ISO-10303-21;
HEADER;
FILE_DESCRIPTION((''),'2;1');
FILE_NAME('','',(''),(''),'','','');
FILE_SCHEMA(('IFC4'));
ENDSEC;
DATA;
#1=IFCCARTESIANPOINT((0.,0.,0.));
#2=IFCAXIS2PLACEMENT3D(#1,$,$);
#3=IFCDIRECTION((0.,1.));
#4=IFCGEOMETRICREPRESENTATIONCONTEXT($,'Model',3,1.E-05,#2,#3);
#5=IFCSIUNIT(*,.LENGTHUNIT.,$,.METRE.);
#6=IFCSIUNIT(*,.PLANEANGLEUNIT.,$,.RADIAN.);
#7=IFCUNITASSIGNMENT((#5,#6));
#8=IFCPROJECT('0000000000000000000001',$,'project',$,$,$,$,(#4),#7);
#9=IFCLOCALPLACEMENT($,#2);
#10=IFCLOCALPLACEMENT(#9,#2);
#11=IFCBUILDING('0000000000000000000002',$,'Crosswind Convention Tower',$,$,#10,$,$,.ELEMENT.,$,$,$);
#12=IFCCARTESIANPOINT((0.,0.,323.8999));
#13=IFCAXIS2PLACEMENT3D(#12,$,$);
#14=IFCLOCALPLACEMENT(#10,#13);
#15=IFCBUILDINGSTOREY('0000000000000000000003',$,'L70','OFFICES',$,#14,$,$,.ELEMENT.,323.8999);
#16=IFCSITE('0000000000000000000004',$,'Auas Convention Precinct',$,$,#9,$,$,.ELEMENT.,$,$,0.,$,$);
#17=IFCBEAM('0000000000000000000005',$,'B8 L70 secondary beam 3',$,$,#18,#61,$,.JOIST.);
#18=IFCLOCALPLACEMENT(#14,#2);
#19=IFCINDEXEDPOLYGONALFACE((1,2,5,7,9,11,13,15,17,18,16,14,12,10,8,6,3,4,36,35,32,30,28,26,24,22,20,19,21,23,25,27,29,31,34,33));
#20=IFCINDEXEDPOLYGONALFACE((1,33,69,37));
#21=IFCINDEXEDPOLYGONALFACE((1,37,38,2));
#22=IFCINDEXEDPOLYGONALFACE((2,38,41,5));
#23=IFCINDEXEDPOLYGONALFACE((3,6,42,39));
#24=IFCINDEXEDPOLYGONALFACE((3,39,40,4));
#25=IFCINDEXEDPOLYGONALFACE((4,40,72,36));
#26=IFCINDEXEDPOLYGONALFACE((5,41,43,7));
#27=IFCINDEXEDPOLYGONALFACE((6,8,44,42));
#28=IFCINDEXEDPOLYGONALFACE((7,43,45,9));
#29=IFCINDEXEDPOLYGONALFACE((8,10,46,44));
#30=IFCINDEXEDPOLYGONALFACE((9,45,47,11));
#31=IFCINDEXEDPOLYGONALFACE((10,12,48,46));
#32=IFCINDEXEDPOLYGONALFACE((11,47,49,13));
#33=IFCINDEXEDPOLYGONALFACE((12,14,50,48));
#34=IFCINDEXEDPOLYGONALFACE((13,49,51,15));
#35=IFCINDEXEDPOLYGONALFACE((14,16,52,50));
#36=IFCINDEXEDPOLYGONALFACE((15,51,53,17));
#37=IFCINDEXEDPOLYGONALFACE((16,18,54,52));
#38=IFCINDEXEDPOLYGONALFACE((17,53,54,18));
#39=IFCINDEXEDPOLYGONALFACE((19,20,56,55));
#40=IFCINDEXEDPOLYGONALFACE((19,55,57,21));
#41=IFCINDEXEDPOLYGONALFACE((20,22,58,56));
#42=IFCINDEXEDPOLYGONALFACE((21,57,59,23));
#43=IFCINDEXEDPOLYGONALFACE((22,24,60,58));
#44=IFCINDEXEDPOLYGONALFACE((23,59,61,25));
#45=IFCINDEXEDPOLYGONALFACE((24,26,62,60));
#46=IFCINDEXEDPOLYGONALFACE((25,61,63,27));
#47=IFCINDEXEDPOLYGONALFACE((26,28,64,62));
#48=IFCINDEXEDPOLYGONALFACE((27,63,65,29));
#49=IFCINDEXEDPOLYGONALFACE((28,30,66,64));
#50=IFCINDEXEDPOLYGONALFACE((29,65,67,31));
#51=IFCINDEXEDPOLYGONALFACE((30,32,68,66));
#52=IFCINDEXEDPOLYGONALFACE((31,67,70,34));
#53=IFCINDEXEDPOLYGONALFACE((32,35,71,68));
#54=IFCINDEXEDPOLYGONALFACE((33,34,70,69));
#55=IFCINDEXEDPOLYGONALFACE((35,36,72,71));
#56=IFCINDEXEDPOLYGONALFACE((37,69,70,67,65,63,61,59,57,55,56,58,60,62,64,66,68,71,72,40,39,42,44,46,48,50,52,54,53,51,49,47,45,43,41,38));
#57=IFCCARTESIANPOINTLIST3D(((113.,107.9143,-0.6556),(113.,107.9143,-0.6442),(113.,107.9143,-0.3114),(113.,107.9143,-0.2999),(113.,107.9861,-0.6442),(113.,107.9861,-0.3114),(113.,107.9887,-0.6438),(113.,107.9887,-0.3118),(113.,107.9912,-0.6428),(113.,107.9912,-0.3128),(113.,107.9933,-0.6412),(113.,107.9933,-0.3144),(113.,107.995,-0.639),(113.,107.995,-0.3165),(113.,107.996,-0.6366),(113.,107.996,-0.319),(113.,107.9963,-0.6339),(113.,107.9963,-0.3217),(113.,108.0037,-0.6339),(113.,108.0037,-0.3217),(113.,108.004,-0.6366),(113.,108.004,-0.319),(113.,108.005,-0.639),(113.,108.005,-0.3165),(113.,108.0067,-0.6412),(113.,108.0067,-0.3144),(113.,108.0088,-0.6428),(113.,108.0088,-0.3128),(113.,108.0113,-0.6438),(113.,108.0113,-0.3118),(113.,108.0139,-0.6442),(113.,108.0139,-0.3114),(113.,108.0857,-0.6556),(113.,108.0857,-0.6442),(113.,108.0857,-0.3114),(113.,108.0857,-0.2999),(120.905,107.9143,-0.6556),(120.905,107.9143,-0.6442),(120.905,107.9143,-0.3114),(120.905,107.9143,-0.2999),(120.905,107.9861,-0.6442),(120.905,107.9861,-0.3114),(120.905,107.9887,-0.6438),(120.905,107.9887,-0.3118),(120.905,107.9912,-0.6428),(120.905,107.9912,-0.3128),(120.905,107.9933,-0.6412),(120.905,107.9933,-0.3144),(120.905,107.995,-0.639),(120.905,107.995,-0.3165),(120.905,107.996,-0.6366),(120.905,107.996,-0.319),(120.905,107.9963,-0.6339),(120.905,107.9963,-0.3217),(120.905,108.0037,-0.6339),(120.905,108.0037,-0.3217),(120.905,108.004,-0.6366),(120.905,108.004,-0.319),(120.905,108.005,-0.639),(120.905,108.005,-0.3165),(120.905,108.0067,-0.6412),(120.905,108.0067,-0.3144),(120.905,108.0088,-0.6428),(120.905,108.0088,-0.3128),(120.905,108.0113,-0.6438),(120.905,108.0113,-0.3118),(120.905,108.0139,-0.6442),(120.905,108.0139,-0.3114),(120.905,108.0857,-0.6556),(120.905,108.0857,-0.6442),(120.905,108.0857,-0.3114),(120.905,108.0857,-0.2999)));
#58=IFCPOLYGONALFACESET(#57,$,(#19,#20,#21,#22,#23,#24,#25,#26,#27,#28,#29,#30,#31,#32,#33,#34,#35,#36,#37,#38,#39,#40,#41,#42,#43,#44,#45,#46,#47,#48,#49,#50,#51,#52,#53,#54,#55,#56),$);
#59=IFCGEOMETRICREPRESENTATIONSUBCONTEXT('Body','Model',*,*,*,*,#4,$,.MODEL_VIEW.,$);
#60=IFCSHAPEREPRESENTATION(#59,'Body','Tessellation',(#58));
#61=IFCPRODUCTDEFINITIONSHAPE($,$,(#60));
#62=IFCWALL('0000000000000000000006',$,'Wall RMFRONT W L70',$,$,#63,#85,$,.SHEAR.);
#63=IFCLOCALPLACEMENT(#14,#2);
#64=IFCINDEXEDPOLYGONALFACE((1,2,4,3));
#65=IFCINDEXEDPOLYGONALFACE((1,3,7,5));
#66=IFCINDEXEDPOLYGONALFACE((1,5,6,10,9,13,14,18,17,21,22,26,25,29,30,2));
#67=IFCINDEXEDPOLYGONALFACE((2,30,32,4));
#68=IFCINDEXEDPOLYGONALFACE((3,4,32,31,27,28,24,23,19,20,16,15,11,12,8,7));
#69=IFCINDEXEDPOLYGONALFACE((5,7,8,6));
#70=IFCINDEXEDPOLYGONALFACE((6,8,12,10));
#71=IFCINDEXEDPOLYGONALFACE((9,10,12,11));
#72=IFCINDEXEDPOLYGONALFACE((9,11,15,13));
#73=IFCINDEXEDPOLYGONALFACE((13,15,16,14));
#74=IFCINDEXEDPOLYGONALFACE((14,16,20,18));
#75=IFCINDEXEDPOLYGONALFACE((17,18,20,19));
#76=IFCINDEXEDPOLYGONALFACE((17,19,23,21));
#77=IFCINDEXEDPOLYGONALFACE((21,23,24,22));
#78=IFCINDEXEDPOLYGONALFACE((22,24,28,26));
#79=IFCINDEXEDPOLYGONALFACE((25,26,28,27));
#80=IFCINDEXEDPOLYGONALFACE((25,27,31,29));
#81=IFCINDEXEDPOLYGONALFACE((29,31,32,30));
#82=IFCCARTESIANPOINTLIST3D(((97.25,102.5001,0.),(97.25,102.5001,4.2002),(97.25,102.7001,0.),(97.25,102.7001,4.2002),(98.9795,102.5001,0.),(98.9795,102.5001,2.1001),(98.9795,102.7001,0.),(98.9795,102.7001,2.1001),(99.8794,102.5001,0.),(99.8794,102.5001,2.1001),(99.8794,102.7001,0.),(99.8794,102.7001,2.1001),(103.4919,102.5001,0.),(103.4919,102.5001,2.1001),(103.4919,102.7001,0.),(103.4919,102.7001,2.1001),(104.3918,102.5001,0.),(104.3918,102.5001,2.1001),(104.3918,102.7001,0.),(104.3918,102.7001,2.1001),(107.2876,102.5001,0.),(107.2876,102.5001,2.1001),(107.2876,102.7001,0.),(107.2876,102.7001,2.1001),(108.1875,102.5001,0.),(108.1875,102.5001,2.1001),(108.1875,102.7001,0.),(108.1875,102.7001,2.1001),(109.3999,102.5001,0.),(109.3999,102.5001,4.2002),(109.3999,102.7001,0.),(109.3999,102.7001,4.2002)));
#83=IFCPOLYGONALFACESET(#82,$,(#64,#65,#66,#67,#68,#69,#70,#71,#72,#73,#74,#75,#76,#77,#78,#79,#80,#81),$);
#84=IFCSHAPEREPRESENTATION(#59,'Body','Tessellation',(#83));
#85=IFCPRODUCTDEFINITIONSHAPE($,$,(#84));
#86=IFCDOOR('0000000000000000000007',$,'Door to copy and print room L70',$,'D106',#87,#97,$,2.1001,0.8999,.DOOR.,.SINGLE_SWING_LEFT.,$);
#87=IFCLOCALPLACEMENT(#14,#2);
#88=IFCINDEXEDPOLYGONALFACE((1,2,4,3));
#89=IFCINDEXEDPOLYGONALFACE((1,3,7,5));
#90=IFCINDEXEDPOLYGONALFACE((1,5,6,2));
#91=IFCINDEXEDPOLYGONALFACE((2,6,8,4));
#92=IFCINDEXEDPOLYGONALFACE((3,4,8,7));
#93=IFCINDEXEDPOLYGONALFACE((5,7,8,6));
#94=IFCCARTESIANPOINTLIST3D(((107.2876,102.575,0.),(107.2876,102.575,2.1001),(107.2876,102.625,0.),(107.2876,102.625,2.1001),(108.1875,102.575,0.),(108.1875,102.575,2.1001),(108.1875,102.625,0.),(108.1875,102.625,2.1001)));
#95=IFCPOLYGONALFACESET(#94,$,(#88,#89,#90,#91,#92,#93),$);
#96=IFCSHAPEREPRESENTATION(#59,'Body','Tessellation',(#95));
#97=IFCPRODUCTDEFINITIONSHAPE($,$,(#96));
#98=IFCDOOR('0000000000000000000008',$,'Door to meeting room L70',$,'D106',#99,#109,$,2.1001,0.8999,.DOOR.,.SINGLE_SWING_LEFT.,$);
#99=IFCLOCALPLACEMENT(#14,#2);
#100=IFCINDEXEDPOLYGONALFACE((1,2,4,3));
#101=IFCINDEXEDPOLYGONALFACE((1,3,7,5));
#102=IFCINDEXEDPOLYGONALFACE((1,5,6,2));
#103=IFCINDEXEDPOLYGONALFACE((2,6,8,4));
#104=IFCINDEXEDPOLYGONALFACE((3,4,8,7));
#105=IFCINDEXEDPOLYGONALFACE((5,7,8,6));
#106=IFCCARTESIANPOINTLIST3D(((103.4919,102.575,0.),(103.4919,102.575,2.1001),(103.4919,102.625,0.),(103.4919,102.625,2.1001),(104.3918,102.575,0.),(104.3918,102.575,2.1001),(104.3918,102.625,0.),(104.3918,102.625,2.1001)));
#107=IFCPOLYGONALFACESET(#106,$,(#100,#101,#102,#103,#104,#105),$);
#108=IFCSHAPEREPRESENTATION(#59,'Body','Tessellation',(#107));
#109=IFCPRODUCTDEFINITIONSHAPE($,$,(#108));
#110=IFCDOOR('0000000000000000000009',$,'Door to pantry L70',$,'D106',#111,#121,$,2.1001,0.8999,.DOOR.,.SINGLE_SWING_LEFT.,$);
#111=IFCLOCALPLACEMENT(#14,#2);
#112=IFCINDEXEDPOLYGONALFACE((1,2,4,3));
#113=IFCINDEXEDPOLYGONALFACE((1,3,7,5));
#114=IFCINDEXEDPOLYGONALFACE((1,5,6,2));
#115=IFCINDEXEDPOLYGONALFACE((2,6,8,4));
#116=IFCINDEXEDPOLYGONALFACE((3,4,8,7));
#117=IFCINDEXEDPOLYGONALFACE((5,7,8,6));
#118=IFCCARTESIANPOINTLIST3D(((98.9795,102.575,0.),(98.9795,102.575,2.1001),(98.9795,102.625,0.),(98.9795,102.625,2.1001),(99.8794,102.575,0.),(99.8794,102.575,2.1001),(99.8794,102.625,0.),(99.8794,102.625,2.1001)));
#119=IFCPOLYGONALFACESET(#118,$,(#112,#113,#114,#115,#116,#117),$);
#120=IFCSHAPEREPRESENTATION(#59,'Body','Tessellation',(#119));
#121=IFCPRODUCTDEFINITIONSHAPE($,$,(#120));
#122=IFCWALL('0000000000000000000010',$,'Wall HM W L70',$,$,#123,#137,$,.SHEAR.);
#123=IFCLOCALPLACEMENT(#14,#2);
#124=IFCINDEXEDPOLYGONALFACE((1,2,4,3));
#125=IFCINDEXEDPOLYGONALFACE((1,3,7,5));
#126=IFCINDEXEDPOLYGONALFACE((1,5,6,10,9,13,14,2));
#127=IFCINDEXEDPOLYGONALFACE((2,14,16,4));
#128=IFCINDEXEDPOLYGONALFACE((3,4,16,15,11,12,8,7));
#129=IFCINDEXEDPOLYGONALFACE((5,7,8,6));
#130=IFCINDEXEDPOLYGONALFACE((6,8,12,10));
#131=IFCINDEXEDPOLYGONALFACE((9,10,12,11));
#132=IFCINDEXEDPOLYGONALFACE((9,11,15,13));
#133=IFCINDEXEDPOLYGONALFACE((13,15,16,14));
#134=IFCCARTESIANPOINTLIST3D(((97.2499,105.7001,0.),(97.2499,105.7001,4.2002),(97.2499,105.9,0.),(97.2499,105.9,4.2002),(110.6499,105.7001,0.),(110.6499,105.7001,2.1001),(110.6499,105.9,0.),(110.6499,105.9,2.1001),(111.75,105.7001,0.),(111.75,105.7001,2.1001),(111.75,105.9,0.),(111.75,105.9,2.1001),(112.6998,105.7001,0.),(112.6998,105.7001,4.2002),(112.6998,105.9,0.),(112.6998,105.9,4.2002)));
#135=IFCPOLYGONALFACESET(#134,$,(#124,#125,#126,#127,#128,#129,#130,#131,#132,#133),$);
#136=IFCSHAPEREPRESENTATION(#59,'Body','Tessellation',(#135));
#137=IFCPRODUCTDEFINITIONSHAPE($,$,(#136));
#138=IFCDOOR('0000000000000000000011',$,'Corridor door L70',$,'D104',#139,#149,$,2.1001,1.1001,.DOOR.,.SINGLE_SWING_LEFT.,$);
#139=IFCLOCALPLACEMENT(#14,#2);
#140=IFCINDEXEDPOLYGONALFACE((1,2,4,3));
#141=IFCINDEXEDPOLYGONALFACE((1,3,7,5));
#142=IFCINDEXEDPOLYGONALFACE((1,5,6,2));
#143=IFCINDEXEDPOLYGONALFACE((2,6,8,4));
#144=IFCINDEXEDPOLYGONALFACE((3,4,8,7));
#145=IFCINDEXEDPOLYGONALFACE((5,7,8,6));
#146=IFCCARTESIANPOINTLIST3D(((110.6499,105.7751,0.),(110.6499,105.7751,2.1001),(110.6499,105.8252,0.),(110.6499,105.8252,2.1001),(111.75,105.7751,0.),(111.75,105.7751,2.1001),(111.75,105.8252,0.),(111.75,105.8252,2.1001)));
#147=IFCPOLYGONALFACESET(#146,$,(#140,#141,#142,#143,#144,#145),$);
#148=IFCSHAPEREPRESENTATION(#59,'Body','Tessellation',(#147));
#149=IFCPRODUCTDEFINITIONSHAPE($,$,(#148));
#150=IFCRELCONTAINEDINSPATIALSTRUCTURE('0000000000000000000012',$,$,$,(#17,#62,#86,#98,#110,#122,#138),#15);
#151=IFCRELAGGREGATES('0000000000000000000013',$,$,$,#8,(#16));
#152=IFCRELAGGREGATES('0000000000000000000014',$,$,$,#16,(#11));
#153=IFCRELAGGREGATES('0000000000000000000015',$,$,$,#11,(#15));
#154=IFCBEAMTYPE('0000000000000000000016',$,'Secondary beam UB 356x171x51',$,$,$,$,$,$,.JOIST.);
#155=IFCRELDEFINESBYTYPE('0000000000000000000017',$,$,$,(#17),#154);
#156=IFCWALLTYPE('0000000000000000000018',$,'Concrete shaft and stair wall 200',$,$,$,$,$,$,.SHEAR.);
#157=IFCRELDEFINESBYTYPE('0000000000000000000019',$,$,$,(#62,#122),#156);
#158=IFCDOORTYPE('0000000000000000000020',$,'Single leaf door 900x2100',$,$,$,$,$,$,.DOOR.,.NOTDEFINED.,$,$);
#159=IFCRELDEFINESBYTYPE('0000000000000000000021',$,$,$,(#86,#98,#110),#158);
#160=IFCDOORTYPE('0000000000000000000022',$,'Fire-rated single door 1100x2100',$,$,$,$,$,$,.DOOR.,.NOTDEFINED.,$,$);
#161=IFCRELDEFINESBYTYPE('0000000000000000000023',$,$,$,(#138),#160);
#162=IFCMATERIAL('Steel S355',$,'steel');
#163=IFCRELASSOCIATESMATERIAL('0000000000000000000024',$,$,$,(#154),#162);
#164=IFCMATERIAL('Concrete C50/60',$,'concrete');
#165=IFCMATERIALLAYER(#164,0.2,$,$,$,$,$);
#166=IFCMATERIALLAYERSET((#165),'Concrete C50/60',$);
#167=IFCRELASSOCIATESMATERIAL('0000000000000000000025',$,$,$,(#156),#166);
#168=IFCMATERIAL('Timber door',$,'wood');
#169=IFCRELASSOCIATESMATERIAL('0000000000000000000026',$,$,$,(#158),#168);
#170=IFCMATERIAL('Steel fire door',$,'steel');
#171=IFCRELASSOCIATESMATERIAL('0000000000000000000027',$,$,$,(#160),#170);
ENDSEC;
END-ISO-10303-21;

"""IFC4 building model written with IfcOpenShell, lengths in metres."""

from ifc_helpers import new_model, si_unit, direction, frame, frame_2d, origin, origin_2d, place, context, subcontext, project, spatial, rectangle, i_section, extrude, material, layer, layer_set, material_profile, profile_set, type_object, element, fill, save


model = new_model("IFC4")

# Units and contexts
model_context = context("Model", 3, precision=1e-05, world=origin(), true_north=direction((0.0, 1.0)))
body_context = subcontext(model_context, "Body", "Model", "MODEL_VIEW")
ifc_project = project(units=[si_unit("LENGTHUNIT", "METRE"), si_unit("PLANEANGLEUNIT", "RADIAN")], contexts=[model_context])

# Site, building, storey
site_placement = place(None, origin())
site = spatial("IfcSite", under=ifc_project, at=site_placement, Name="Auas Convention Precinct", CompositionType="ELEMENT", RefElevation=0.0)
building_placement = place(site_placement, origin())
building = spatial("IfcBuilding", under=site, at=building_placement, Name="Crosswind Convention Tower", CompositionType="ELEMENT")
storey_placement = place(building_placement, frame((0.0, 0.0, 323.8999)))
storey = spatial("IfcBuildingStorey", under=building, at=storey_placement, Name="L70", Description="OFFICES", CompositionType="ELEMENT", Elevation=323.8999)

# Beam
ifc_material_1 = material(Name="Steel S355", Category="steel")
ifc_material_profile_1 = material_profile(ifc_material_1, i_section(OverallWidth=0.1714, OverallDepth=0.3557, WebThickness=0.0073, FlangeThickness=0.0115, FilletRadius=0.0103, at=origin_2d()), Name="UB 356x171x51")
ifc_profile_set_1 = profile_set([ifc_material_profile_1], Name="Steel S355")
beam_type_1 = type_object("IfcBeamType", Name="Secondary beam UB 356x171x51", PredefinedType="JOIST", material=ifc_profile_set_1)
for number, where, z_axis, x_axis, name in (
    (1, (113.0, 108.0, -0.4778), (1.0, 0.0, 0.0), (0.0, 1.0, 0.0), "B8 L70 secondary beam 3"),
):
    element("IfcBeam", number, at=place(storey_placement, frame(where, z_axis=z_axis, x_axis=x_axis)), inside=storey, type_object=beam_type_1, Name=name, PredefinedType="JOIST", context=body_context, shape_type="SweptSolid", body=[
        extrude(i_section(OverallWidth=0.1714, OverallDepth=0.3557, WebThickness=0.0073, FlangeThickness=0.0115, FilletRadius=0.0103, at=origin_2d()), origin(), (0.0, 0.0, 1.0), 7.905),
    ])

# Wall, openings, doors
ifc_material_2 = material(Name="Concrete C50/60", Category="concrete")
ifc_layer_1 = layer(ifc_material_2, 0.2)
ifc_layer_set_1 = layer_set([ifc_layer_1], Name="Concrete C50/60")
wall_type_1 = type_object("IfcWallType", Name="Concrete shaft and stair wall 200", PredefinedType="SHEAR", material=ifc_layer_set_1)
wall_1_placement = place(storey_placement, frame((109.3999, 102.6001, 0.0), z_axis=(0.0, 0.0, 1.0), x_axis=(-1.0, 0.0, 0.0)))
wall_1 = element("IfcWall", 2, at=wall_1_placement, inside=storey, type_object=wall_type_1, Name="Wall RMFRONT W L70", PredefinedType="SHEAR", context=body_context, shape_type="SweptSolid", body=[
    extrude(rectangle(XDim=12.1499, YDim=0.2, at=frame_2d((6.075, 0.0))), origin(), (0.0, 0.0, 1.0), 4.2002),
])
opening_1_placement = place(wall_1_placement, frame((1.2124, 0.0, 0.0)))
opening_1 = element("IfcOpeningElement", 3, at=opening_1_placement, cuts=wall_1, PredefinedType="OPENING", context=body_context, shape_type="SweptSolid", body=[
    extrude(rectangle(XDim=0.8999, YDim=2.1001, at=frame_2d((0.45, 1.05))), frame((0.0, 0.1099, 0.0), z_axis=(0.0, -1.0, 0.0), x_axis=(1.0, 0.0, 0.0)), (0.0, 0.0, 1.0), 0.22),
])
opening_2_placement = place(wall_1_placement, frame((5.0081, 0.0, 0.0)))
opening_2 = element("IfcOpeningElement", 4, at=opening_2_placement, cuts=wall_1, PredefinedType="OPENING", context=body_context, shape_type="SweptSolid", body=[
    extrude(rectangle(XDim=0.8999, YDim=2.1001, at=frame_2d((0.45, 1.05))), frame((0.0, 0.1099, 0.0), z_axis=(0.0, -1.0, 0.0), x_axis=(1.0, 0.0, 0.0)), (0.0, 0.0, 1.0), 0.22),
])
opening_3_placement = place(wall_1_placement, frame((9.5205, 0.0, 0.0)))
opening_3 = element("IfcOpeningElement", 5, at=opening_3_placement, cuts=wall_1, PredefinedType="OPENING", context=body_context, shape_type="SweptSolid", body=[
    extrude(rectangle(XDim=0.8999, YDim=2.1001, at=frame_2d((0.45, 1.05))), frame((0.0, 0.1099, 0.0), z_axis=(0.0, -1.0, 0.0), x_axis=(1.0, 0.0, 0.0)), (0.0, 0.0, 1.0), 0.22),
])
ifc_material_3 = material(Name="Timber door", Category="wood")
door_type_1 = type_object("IfcDoorType", Name="Single leaf door 900x2100", OperationType="NOTDEFINED", PredefinedType="DOOR", material=ifc_material_3)
door_1_placement = place(opening_1_placement, frame((0.8999, 0.0, 0.0), z_axis=(0.0, 0.0, 1.0), x_axis=(-1.0, 0.0, 0.0)))
door_1 = element("IfcDoor", 6, at=door_1_placement, inside=storey, type_object=door_type_1, Name="Door to copy and print room L70", ObjectType="D106", OperationType="SINGLE_SWING_LEFT", OverallHeight=2.1001, OverallWidth=0.8999, PredefinedType="DOOR", context=body_context, shape_type="SweptSolid", body=[
    extrude(rectangle(XDim=0.8999, YDim=2.1001, at=frame_2d((0.45, 1.05))), frame((0.0, 0.0249, 0.0), z_axis=(0.0, -1.0, 0.0), x_axis=(1.0, 0.0, 0.0)), (0.0, 0.0, 1.0), 0.05),
])
fill(opening_1, door_1)
door_2_placement = place(opening_2_placement, frame((0.8999, 0.0, 0.0), z_axis=(0.0, 0.0, 1.0), x_axis=(-1.0, 0.0, 0.0)))
door_2 = element("IfcDoor", 7, at=door_2_placement, inside=storey, type_object=door_type_1, Name="Door to meeting room L70", ObjectType="D106", OperationType="SINGLE_SWING_LEFT", OverallHeight=2.1001, OverallWidth=0.8999, PredefinedType="DOOR", context=body_context, shape_type="SweptSolid", body=[
    extrude(rectangle(XDim=0.8999, YDim=2.1001, at=frame_2d((0.45, 1.05))), frame((0.0, 0.0249, 0.0), z_axis=(0.0, -1.0, 0.0), x_axis=(1.0, 0.0, 0.0)), (0.0, 0.0, 1.0), 0.05),
])
fill(opening_2, door_2)
door_3_placement = place(opening_3_placement, frame((0.8999, 0.0, 0.0), z_axis=(0.0, 0.0, 1.0), x_axis=(-1.0, 0.0, 0.0)))
door_3 = element("IfcDoor", 8, at=door_3_placement, inside=storey, type_object=door_type_1, Name="Door to pantry L70", ObjectType="D106", OperationType="SINGLE_SWING_LEFT", OverallHeight=2.1001, OverallWidth=0.8999, PredefinedType="DOOR", context=body_context, shape_type="SweptSolid", body=[
    extrude(rectangle(XDim=0.8999, YDim=2.1001, at=frame_2d((0.45, 1.05))), frame((0.0, 0.0249, 0.0), z_axis=(0.0, -1.0, 0.0), x_axis=(1.0, 0.0, 0.0)), (0.0, 0.0, 1.0), 0.05),
])
fill(opening_3, door_3)

# Wall, opening, door
wall_2_placement = place(storey_placement, frame((112.7, 105.8, 0.0), z_axis=(0.0, 0.0, 1.0), x_axis=(-1.0, 0.0, 0.0)))
wall_2 = element("IfcWall", 9, at=wall_2_placement, inside=storey, type_object=wall_type_1, Name="Wall HM W L70", PredefinedType="SHEAR", context=body_context, shape_type="SweptSolid", body=[
    extrude(rectangle(XDim=15.45, YDim=0.2, at=frame_2d((7.7251, 0.0))), origin(), (0.0, 0.0, 1.0), 4.2002),
])
opening_4_placement = place(wall_2_placement, frame((0.95, 0.0, 0.0)))
opening_4 = element("IfcOpeningElement", 10, at=opening_4_placement, cuts=wall_2, PredefinedType="OPENING", context=body_context, shape_type="SweptSolid", body=[
    extrude(rectangle(XDim=1.1001, YDim=2.1001, at=frame_2d((0.55, 1.05))), frame((0.0, 0.1099, 0.0), z_axis=(0.0, -1.0, 0.0), x_axis=(1.0, 0.0, 0.0)), (0.0, 0.0, 1.0), 0.22),
])
ifc_material_4 = material(Name="Steel fire door", Category="steel")
door_type_2 = type_object("IfcDoorType", Name="Fire-rated single door 1100x2100", OperationType="NOTDEFINED", PredefinedType="DOOR", material=ifc_material_4)
door_4_placement = place(opening_4_placement, origin())
door_4 = element("IfcDoor", 11, at=door_4_placement, inside=storey, type_object=door_type_2, Name="Corridor door L70", ObjectType="D104", OperationType="SINGLE_SWING_LEFT", OverallHeight=2.1001, OverallWidth=1.1001, PredefinedType="DOOR", context=body_context, shape_type="SweptSolid", body=[
    extrude(rectangle(XDim=1.1001, YDim=2.1001, at=frame_2d((0.55, 1.05))), frame((0.0, 0.0249, 0.0), z_axis=(0.0, -1.0, 0.0), x_axis=(1.0, 0.0, 0.0)), (0.0, 0.0, 1.0), 0.05),
])
fill(opening_4, door_4)

save(model, "model.ifc")
